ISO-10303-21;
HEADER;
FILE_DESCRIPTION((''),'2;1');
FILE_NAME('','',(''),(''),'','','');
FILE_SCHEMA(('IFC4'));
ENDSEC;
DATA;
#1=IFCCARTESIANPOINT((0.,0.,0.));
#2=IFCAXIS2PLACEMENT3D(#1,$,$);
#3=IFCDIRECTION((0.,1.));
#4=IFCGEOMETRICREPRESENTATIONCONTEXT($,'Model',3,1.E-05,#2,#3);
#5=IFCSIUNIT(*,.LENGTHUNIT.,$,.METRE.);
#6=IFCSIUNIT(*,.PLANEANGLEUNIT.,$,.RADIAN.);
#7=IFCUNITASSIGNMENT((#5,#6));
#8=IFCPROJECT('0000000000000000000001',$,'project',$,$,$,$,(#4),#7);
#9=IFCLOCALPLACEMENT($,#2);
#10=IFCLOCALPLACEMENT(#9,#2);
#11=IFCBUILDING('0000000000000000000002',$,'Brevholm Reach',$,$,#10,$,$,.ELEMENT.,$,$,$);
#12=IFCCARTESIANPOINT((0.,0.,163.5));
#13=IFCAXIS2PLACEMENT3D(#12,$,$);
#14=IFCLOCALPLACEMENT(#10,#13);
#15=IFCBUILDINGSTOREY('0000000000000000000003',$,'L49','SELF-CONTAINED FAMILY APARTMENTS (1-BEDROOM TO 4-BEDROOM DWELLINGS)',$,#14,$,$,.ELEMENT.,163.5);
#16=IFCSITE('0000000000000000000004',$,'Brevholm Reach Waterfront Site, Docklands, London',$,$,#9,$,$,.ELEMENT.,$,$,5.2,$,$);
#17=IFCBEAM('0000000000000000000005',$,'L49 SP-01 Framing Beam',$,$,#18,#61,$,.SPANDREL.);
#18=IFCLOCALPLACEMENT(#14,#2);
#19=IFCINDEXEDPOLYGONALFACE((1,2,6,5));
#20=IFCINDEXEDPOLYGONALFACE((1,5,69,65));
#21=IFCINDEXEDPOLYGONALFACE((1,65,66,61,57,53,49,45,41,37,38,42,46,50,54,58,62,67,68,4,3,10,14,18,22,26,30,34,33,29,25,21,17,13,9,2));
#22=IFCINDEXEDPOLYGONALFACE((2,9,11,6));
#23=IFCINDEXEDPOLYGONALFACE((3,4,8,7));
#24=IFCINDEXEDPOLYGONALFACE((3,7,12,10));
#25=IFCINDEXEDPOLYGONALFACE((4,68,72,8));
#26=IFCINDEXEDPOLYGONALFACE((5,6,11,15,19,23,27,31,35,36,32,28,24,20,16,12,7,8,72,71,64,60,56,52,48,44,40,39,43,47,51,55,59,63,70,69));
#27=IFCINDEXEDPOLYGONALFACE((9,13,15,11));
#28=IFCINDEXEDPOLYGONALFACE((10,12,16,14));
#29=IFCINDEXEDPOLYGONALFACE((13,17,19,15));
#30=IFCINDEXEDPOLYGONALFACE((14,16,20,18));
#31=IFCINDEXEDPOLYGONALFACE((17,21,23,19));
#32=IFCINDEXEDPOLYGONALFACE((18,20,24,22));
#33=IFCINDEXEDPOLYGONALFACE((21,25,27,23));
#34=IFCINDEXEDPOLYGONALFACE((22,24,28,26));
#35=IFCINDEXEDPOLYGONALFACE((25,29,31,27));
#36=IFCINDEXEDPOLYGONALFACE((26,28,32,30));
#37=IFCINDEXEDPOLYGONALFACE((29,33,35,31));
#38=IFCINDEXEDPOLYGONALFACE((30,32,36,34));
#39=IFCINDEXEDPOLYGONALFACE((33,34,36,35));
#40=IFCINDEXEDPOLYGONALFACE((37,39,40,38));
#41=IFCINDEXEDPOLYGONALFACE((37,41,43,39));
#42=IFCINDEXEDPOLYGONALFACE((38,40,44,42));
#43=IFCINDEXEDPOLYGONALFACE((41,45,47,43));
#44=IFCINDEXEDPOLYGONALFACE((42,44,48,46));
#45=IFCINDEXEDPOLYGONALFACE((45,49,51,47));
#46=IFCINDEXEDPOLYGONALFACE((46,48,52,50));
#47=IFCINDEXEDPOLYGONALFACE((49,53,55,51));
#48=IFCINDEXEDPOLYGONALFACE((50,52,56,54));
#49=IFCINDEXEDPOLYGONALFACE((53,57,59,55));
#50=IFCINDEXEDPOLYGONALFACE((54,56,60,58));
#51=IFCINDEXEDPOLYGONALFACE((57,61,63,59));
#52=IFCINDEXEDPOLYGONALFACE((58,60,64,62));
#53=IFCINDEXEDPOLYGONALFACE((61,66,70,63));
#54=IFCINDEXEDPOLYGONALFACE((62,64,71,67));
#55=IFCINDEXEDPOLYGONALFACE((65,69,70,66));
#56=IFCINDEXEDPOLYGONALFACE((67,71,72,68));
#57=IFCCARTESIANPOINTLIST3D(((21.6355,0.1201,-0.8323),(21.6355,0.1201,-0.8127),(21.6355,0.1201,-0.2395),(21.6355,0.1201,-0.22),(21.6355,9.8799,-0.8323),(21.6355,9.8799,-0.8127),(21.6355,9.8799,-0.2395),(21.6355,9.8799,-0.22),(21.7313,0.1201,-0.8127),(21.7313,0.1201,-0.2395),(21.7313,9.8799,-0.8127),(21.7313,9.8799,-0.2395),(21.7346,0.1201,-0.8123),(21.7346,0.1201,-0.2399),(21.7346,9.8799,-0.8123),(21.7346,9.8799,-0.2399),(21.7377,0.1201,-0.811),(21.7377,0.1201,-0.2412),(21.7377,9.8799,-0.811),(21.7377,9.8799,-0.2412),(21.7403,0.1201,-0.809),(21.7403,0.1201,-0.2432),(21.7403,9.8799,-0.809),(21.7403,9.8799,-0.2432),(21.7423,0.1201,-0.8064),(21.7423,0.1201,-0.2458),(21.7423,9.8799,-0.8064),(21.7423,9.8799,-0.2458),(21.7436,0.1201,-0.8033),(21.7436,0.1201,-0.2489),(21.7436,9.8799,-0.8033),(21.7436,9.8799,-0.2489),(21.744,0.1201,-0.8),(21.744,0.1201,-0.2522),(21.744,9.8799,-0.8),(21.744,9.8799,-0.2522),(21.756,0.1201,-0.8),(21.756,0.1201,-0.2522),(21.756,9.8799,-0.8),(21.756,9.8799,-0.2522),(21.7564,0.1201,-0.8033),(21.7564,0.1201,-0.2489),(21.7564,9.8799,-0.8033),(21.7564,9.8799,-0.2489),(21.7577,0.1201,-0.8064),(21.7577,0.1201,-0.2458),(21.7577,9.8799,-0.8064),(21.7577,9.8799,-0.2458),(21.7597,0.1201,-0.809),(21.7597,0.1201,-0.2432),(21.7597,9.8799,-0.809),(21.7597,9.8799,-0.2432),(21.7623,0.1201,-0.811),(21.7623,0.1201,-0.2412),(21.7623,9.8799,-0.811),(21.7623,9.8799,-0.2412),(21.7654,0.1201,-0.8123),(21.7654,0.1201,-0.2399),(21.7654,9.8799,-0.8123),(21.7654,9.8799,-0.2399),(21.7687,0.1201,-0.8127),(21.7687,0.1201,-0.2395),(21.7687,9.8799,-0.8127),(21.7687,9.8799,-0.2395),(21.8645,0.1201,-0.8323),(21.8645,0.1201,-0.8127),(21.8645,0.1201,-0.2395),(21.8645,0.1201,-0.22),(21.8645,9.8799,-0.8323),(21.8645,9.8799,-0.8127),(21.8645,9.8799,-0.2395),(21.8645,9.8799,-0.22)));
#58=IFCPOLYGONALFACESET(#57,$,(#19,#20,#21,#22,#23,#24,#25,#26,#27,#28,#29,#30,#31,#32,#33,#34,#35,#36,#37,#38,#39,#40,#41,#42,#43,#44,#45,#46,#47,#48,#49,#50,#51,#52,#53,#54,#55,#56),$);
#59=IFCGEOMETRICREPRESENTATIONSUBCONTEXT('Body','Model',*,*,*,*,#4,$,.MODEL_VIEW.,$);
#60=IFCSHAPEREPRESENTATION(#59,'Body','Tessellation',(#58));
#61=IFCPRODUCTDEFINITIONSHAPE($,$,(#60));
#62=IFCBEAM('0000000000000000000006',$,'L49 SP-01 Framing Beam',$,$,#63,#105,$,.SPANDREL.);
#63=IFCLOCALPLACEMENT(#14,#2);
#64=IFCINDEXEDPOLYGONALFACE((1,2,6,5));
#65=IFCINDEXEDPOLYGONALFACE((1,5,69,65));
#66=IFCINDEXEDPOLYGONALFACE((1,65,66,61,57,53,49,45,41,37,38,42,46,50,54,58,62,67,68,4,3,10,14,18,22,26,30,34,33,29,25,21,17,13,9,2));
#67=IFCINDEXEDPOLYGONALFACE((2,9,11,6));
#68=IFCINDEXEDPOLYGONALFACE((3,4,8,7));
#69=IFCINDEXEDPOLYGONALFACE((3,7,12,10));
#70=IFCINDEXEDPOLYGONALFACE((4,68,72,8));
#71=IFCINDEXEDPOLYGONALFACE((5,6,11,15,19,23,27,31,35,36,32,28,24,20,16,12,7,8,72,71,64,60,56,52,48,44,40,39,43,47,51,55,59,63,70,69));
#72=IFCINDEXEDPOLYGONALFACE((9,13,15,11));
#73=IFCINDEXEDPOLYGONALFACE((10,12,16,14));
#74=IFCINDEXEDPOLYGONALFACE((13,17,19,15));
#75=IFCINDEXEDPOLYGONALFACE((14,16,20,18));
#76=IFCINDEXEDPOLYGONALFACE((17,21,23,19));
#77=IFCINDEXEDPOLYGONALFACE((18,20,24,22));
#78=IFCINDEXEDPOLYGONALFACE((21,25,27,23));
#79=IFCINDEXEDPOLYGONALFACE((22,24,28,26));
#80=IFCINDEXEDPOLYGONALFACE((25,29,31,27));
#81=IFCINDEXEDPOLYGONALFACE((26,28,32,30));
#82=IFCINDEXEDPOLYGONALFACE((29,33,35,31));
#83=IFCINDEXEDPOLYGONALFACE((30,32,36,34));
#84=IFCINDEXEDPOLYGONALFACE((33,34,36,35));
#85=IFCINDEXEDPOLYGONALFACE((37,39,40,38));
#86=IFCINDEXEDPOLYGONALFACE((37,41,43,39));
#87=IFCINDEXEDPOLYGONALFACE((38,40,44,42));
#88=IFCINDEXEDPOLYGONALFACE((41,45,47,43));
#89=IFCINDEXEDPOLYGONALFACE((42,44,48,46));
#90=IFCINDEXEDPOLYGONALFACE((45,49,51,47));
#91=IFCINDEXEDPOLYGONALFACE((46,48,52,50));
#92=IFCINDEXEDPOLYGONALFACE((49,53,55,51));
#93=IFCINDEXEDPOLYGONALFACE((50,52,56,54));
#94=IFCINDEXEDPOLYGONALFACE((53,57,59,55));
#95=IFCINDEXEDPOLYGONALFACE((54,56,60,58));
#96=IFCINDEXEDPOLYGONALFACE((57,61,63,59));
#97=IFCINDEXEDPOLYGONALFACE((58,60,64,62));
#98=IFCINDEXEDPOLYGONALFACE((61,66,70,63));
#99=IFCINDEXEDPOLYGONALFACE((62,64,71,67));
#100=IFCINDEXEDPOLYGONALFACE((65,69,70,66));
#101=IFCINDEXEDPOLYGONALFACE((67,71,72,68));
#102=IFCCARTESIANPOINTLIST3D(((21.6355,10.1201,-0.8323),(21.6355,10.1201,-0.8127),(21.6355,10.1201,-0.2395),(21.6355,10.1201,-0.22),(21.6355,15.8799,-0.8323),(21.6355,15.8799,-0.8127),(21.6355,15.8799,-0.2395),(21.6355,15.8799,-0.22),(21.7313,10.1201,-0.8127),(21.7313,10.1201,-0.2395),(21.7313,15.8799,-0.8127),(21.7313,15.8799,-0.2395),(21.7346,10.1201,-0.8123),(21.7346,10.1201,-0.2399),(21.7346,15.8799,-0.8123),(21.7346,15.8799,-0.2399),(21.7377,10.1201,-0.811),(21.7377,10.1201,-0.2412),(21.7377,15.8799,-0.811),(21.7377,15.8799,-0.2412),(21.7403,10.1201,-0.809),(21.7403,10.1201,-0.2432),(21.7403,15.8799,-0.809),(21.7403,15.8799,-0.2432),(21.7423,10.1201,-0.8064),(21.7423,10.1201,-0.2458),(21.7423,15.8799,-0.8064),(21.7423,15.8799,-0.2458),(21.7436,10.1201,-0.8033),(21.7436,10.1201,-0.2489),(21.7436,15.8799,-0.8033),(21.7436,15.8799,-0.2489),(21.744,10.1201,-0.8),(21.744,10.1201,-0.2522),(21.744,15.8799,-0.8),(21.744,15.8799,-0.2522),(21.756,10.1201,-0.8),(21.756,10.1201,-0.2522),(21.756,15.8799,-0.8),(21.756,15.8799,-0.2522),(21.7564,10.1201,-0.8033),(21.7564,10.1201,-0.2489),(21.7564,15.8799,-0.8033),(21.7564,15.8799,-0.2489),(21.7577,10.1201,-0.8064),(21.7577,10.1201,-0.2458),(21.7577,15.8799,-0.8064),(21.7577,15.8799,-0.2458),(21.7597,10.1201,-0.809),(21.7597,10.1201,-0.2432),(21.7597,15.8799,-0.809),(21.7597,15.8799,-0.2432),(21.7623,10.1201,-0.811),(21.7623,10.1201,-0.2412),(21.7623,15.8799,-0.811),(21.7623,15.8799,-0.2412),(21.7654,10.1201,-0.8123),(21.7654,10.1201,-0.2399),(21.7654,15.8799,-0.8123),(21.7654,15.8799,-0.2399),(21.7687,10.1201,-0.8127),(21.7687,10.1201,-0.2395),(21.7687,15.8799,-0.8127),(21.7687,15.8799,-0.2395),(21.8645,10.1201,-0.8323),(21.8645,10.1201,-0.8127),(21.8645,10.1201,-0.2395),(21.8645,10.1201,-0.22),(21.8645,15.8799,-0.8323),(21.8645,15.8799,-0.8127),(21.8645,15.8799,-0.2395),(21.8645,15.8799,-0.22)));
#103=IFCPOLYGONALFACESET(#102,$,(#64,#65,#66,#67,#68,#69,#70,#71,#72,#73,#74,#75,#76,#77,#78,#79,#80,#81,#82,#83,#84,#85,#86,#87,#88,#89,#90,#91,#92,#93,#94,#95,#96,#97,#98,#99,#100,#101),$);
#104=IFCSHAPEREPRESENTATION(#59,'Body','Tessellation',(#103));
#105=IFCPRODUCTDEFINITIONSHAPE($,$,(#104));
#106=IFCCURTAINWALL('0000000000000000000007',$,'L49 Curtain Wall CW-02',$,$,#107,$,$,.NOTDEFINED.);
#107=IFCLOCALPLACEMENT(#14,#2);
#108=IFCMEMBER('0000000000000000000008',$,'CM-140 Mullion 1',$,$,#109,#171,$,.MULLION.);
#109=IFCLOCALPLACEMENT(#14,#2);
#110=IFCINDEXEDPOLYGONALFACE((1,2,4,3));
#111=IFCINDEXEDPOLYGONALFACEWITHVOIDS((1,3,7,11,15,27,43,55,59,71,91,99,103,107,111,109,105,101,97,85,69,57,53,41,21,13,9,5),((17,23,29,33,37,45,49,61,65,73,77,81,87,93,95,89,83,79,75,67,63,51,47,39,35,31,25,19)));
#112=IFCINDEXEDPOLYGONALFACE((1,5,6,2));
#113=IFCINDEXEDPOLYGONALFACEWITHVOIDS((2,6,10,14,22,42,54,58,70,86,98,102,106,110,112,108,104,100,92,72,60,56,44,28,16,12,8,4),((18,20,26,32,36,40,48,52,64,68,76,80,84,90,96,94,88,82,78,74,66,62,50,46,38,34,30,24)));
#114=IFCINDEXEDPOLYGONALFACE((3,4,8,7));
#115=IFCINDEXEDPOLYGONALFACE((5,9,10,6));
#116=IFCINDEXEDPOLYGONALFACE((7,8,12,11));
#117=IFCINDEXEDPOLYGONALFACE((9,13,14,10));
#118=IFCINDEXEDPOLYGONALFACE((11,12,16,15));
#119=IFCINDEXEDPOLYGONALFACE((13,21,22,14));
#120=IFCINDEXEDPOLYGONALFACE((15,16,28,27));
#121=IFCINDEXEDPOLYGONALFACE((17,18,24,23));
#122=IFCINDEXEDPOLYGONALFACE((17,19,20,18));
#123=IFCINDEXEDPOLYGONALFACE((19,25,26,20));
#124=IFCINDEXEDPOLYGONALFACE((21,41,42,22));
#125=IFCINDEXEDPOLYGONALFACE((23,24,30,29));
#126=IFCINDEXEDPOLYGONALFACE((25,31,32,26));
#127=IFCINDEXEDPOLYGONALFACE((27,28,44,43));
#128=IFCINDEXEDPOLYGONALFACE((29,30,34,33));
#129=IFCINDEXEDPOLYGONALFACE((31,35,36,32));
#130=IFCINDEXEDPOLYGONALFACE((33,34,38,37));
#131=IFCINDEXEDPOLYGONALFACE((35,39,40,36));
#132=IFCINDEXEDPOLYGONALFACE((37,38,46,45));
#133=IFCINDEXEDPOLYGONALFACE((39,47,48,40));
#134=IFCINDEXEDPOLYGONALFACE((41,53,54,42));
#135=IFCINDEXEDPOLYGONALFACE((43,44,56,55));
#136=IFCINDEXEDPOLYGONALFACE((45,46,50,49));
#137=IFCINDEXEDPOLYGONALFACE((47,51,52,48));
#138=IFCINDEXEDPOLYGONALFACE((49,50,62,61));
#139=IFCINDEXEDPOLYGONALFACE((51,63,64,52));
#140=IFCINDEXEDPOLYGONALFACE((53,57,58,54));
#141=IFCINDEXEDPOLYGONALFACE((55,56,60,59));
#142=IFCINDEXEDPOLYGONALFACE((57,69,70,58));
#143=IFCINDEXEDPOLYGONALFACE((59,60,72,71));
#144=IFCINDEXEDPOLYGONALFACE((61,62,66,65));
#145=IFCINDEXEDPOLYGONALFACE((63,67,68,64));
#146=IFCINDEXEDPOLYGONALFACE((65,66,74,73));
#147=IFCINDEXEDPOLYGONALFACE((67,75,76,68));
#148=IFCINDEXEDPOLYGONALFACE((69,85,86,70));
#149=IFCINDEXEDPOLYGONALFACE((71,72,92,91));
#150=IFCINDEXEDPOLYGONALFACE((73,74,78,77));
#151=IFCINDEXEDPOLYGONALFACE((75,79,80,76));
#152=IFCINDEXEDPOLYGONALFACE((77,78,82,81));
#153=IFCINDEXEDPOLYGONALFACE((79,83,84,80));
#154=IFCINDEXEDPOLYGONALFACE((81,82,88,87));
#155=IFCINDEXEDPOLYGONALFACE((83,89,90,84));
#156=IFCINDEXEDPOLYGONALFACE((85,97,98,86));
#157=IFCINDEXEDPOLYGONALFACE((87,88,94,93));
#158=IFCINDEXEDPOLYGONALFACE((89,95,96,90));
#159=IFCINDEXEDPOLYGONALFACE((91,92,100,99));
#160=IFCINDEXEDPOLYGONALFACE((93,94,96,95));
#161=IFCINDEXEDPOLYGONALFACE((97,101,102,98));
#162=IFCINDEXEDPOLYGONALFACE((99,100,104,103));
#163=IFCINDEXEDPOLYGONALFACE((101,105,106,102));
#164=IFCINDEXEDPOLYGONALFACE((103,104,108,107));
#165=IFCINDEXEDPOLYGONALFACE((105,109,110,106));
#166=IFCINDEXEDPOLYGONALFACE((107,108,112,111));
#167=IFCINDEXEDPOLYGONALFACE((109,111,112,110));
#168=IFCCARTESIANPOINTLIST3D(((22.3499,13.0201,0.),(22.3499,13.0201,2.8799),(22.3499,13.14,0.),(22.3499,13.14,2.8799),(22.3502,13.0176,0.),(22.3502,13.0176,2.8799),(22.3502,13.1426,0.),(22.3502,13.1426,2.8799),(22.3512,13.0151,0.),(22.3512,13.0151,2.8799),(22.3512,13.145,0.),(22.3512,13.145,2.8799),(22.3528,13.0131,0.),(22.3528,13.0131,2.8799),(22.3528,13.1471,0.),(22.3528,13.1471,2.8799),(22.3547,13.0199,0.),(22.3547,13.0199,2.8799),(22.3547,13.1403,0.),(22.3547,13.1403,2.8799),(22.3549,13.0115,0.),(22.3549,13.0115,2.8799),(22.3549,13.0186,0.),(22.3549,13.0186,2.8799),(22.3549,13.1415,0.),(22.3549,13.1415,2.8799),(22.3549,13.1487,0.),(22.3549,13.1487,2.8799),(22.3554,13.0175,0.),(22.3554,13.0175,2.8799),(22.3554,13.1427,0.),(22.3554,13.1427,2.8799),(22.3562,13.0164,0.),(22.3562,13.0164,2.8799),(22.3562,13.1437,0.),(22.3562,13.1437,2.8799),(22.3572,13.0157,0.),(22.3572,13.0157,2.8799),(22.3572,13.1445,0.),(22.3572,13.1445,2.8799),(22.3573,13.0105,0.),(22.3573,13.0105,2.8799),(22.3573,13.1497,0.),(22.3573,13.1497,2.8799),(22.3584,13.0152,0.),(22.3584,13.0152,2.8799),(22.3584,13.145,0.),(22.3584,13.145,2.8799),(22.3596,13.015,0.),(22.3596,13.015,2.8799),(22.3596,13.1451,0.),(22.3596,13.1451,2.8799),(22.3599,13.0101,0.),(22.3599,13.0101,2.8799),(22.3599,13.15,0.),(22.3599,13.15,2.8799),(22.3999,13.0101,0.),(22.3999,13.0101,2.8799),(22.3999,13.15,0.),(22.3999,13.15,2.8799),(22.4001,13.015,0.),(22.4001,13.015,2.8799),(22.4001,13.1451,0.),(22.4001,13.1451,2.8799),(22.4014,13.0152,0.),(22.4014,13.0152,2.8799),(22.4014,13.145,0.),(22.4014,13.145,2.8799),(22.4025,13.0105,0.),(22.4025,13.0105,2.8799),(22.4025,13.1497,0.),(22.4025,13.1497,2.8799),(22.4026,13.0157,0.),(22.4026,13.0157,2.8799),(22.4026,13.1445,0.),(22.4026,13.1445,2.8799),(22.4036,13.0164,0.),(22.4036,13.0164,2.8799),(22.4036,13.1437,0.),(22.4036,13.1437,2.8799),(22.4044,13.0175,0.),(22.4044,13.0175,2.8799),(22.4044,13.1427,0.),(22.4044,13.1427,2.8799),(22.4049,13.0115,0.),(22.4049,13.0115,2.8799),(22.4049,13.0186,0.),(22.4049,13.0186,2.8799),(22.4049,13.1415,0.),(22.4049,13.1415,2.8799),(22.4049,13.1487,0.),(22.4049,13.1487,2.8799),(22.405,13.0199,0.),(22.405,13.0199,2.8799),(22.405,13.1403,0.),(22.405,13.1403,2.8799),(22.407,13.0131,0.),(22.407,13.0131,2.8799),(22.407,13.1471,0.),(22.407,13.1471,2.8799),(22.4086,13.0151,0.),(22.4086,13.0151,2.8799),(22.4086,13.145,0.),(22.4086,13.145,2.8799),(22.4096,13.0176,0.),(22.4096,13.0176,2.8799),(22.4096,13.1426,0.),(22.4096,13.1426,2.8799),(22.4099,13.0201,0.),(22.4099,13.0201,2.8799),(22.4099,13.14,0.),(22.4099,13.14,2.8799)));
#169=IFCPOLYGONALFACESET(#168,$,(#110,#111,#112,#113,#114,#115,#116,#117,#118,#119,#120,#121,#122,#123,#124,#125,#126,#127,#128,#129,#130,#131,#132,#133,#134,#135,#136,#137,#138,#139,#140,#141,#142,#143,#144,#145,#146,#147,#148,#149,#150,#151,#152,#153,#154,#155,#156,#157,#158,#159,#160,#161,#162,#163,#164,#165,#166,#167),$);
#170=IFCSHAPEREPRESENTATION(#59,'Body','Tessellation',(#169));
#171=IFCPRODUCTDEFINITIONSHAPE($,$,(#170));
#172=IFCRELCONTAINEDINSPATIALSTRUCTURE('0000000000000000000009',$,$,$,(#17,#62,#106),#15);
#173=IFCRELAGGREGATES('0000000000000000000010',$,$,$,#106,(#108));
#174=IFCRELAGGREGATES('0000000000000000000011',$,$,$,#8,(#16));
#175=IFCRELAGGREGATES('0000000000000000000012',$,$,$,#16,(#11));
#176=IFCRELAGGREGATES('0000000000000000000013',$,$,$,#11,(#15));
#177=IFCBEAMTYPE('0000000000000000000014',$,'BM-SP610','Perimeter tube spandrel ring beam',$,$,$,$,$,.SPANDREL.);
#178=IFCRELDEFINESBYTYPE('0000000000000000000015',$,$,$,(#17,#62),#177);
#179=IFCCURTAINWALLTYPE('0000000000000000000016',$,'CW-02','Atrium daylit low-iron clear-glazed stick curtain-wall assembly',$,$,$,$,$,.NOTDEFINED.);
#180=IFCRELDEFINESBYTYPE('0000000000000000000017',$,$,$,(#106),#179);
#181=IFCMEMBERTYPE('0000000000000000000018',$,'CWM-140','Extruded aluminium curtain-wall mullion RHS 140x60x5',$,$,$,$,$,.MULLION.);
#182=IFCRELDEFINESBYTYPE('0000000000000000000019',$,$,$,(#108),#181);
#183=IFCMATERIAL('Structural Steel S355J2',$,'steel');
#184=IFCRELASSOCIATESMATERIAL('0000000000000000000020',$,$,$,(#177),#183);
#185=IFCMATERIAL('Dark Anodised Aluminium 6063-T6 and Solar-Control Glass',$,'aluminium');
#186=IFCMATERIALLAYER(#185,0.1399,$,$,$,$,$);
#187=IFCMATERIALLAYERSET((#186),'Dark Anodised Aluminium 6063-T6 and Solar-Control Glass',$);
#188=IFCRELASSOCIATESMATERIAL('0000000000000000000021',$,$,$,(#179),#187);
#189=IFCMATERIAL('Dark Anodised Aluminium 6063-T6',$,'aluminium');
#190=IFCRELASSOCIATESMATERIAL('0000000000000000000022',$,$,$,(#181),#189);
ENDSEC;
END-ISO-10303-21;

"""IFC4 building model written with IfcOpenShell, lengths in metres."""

from ifc_helpers import new_model, si_unit, direction, frame, origin, origin_2d, place, context, subcontext, project, spatial, hollow_rectangle, i_section, extrude, material, layer, layer_set, material_profile, profile_set, type_object, element, aggregate, save


model = new_model("IFC4")

# Units and contexts
model_context = context("Model", 3, precision=1e-05, world=origin(), true_north=direction((0.0, 1.0)))
body_context = subcontext(model_context, "Body", "Model", "MODEL_VIEW")
ifc_project = project(units=[si_unit("LENGTHUNIT", "METRE"), si_unit("PLANEANGLEUNIT", "RADIAN")], contexts=[model_context])

# Site, building, storey
site_placement = place(None, origin())
site = spatial("IfcSite", under=ifc_project, at=site_placement, Name="Brevholm Reach Waterfront Site, Docklands, London", CompositionType="ELEMENT", RefElevation=5.2)
building_placement = place(site_placement, origin())
building = spatial("IfcBuilding", under=site, at=building_placement, Name="Brevholm Reach", CompositionType="ELEMENT")
storey_placement = place(building_placement, frame((0.0, 0.0, 163.5)))
storey = spatial("IfcBuildingStorey", under=building, at=storey_placement, Name="L49", Description="SELF-CONTAINED FAMILY APARTMENTS (1-BEDROOM TO 4-BEDROOM DWELLINGS)", CompositionType="ELEMENT", Elevation=163.5)

# Beams
ifc_material_1 = material(Name="Structural Steel S355J2", Category="steel")
ifc_material_profile_1 = material_profile(ifc_material_1, i_section(OverallWidth=0.229, OverallDepth=0.6123, WebThickness=0.012, FlangeThickness=0.0195, FilletRadius=0.0127, at=origin_2d()), Name="UKB 610x229x125")
ifc_profile_set_1 = profile_set([ifc_material_profile_1], Name="Structural Steel S355J2")
beam_type_1 = type_object("IfcBeamType", Name="BM-SP610", Description="Perimeter tube spandrel ring beam", PredefinedType="SPANDREL", material=ifc_profile_set_1)
beam_1_placement = place(storey_placement, frame((21.75, 0.1201, -0.5261), z_axis=(0.0, 1.0, 0.0), x_axis=(-1.0, 0.0, 0.0)))
element("IfcBeam", 1, at=beam_1_placement, inside=storey, type_object=beam_type_1, Name="L49 SP-01 Framing Beam", PredefinedType="SPANDREL", context=body_context, shape_type="SweptSolid", body=[
    extrude(i_section(OverallWidth=0.229, OverallDepth=0.6123, WebThickness=0.012, FlangeThickness=0.0195, FilletRadius=0.0127, at=origin_2d()), origin(), (0.0, 0.0, 1.0), 9.7598),
])
beam_2_placement = place(storey_placement, frame((21.75, 10.1201, -0.5261), z_axis=(0.0, 1.0, 0.0), x_axis=(-1.0, 0.0, 0.0)))
element("IfcBeam", 2, at=beam_2_placement, inside=storey, type_object=beam_type_1, Name="L49 SP-01 Framing Beam", PredefinedType="SPANDREL", context=body_context, shape_type="SweptSolid", body=[
    extrude(i_section(OverallWidth=0.229, OverallDepth=0.6123, WebThickness=0.012, FlangeThickness=0.0195, FilletRadius=0.0127, at=origin_2d()), origin(), (0.0, 0.0, 1.0), 5.7598),
])

# Curtain wall, member
ifc_material_2 = material(Name="Dark Anodised Aluminium 6063-T6 and Solar-Control Glass", Category="aluminium")
ifc_layer_1 = layer(ifc_material_2, 0.1399)
ifc_layer_set_1 = layer_set([ifc_layer_1], Name="Dark Anodised Aluminium 6063-T6 and Solar-Control Glass")
curtain_wall_type = type_object("IfcCurtainWallType", Name="CW-02", Description="Atrium daylit low-iron clear-glazed stick curtain-wall assembly", PredefinedType="NOTDEFINED", material=ifc_layer_set_1)
curtain_wall_placement = place(storey_placement, origin())
curtain_wall = element("IfcCurtainWall", 3, at=curtain_wall_placement, inside=storey, type_object=curtain_wall_type, Name="L49 Curtain Wall CW-02", PredefinedType="NOTDEFINED")
ifc_material_3 = material(Name="Dark Anodised Aluminium 6063-T6", Category="aluminium")
ifc_material_profile_2 = material_profile(ifc_material_3, hollow_rectangle(XDim=0.0601, YDim=0.1399, WallThickness=0.0049, InnerFilletRadius=0.0049, OuterFilletRadius=0.01, at=origin_2d()), Name="RHS 140x60x5")
ifc_profile_set_2 = profile_set([ifc_material_profile_2], Name="Dark Anodised Aluminium 6063-T6")
member_type_1 = type_object("IfcMemberType", Name="CWM-140", Description="Extruded aluminium curtain-wall mullion RHS 140x60x5", PredefinedType="MULLION", material=ifc_profile_set_2)
member_1_placement = place(storey_placement, frame((22.3799, 13.0801, 0.0), z_axis=(0.0, 0.0, 1.0), x_axis=(1.0, 0.0, 0.0)))
member_1 = element("IfcMember", 4, at=member_1_placement, type_object=member_type_1, Name="CM-140 Mullion 1", PredefinedType="MULLION", context=body_context, shape_type="SweptSolid", body=[
    extrude(hollow_rectangle(XDim=0.0601, YDim=0.1399, WallThickness=0.0049, InnerFilletRadius=0.0049, OuterFilletRadius=0.01, at=origin_2d()), origin(), (0.0, 0.0, 1.0), 2.8799),
])
aggregate(curtain_wall, [member_1])

save(model, "model.ifc")
